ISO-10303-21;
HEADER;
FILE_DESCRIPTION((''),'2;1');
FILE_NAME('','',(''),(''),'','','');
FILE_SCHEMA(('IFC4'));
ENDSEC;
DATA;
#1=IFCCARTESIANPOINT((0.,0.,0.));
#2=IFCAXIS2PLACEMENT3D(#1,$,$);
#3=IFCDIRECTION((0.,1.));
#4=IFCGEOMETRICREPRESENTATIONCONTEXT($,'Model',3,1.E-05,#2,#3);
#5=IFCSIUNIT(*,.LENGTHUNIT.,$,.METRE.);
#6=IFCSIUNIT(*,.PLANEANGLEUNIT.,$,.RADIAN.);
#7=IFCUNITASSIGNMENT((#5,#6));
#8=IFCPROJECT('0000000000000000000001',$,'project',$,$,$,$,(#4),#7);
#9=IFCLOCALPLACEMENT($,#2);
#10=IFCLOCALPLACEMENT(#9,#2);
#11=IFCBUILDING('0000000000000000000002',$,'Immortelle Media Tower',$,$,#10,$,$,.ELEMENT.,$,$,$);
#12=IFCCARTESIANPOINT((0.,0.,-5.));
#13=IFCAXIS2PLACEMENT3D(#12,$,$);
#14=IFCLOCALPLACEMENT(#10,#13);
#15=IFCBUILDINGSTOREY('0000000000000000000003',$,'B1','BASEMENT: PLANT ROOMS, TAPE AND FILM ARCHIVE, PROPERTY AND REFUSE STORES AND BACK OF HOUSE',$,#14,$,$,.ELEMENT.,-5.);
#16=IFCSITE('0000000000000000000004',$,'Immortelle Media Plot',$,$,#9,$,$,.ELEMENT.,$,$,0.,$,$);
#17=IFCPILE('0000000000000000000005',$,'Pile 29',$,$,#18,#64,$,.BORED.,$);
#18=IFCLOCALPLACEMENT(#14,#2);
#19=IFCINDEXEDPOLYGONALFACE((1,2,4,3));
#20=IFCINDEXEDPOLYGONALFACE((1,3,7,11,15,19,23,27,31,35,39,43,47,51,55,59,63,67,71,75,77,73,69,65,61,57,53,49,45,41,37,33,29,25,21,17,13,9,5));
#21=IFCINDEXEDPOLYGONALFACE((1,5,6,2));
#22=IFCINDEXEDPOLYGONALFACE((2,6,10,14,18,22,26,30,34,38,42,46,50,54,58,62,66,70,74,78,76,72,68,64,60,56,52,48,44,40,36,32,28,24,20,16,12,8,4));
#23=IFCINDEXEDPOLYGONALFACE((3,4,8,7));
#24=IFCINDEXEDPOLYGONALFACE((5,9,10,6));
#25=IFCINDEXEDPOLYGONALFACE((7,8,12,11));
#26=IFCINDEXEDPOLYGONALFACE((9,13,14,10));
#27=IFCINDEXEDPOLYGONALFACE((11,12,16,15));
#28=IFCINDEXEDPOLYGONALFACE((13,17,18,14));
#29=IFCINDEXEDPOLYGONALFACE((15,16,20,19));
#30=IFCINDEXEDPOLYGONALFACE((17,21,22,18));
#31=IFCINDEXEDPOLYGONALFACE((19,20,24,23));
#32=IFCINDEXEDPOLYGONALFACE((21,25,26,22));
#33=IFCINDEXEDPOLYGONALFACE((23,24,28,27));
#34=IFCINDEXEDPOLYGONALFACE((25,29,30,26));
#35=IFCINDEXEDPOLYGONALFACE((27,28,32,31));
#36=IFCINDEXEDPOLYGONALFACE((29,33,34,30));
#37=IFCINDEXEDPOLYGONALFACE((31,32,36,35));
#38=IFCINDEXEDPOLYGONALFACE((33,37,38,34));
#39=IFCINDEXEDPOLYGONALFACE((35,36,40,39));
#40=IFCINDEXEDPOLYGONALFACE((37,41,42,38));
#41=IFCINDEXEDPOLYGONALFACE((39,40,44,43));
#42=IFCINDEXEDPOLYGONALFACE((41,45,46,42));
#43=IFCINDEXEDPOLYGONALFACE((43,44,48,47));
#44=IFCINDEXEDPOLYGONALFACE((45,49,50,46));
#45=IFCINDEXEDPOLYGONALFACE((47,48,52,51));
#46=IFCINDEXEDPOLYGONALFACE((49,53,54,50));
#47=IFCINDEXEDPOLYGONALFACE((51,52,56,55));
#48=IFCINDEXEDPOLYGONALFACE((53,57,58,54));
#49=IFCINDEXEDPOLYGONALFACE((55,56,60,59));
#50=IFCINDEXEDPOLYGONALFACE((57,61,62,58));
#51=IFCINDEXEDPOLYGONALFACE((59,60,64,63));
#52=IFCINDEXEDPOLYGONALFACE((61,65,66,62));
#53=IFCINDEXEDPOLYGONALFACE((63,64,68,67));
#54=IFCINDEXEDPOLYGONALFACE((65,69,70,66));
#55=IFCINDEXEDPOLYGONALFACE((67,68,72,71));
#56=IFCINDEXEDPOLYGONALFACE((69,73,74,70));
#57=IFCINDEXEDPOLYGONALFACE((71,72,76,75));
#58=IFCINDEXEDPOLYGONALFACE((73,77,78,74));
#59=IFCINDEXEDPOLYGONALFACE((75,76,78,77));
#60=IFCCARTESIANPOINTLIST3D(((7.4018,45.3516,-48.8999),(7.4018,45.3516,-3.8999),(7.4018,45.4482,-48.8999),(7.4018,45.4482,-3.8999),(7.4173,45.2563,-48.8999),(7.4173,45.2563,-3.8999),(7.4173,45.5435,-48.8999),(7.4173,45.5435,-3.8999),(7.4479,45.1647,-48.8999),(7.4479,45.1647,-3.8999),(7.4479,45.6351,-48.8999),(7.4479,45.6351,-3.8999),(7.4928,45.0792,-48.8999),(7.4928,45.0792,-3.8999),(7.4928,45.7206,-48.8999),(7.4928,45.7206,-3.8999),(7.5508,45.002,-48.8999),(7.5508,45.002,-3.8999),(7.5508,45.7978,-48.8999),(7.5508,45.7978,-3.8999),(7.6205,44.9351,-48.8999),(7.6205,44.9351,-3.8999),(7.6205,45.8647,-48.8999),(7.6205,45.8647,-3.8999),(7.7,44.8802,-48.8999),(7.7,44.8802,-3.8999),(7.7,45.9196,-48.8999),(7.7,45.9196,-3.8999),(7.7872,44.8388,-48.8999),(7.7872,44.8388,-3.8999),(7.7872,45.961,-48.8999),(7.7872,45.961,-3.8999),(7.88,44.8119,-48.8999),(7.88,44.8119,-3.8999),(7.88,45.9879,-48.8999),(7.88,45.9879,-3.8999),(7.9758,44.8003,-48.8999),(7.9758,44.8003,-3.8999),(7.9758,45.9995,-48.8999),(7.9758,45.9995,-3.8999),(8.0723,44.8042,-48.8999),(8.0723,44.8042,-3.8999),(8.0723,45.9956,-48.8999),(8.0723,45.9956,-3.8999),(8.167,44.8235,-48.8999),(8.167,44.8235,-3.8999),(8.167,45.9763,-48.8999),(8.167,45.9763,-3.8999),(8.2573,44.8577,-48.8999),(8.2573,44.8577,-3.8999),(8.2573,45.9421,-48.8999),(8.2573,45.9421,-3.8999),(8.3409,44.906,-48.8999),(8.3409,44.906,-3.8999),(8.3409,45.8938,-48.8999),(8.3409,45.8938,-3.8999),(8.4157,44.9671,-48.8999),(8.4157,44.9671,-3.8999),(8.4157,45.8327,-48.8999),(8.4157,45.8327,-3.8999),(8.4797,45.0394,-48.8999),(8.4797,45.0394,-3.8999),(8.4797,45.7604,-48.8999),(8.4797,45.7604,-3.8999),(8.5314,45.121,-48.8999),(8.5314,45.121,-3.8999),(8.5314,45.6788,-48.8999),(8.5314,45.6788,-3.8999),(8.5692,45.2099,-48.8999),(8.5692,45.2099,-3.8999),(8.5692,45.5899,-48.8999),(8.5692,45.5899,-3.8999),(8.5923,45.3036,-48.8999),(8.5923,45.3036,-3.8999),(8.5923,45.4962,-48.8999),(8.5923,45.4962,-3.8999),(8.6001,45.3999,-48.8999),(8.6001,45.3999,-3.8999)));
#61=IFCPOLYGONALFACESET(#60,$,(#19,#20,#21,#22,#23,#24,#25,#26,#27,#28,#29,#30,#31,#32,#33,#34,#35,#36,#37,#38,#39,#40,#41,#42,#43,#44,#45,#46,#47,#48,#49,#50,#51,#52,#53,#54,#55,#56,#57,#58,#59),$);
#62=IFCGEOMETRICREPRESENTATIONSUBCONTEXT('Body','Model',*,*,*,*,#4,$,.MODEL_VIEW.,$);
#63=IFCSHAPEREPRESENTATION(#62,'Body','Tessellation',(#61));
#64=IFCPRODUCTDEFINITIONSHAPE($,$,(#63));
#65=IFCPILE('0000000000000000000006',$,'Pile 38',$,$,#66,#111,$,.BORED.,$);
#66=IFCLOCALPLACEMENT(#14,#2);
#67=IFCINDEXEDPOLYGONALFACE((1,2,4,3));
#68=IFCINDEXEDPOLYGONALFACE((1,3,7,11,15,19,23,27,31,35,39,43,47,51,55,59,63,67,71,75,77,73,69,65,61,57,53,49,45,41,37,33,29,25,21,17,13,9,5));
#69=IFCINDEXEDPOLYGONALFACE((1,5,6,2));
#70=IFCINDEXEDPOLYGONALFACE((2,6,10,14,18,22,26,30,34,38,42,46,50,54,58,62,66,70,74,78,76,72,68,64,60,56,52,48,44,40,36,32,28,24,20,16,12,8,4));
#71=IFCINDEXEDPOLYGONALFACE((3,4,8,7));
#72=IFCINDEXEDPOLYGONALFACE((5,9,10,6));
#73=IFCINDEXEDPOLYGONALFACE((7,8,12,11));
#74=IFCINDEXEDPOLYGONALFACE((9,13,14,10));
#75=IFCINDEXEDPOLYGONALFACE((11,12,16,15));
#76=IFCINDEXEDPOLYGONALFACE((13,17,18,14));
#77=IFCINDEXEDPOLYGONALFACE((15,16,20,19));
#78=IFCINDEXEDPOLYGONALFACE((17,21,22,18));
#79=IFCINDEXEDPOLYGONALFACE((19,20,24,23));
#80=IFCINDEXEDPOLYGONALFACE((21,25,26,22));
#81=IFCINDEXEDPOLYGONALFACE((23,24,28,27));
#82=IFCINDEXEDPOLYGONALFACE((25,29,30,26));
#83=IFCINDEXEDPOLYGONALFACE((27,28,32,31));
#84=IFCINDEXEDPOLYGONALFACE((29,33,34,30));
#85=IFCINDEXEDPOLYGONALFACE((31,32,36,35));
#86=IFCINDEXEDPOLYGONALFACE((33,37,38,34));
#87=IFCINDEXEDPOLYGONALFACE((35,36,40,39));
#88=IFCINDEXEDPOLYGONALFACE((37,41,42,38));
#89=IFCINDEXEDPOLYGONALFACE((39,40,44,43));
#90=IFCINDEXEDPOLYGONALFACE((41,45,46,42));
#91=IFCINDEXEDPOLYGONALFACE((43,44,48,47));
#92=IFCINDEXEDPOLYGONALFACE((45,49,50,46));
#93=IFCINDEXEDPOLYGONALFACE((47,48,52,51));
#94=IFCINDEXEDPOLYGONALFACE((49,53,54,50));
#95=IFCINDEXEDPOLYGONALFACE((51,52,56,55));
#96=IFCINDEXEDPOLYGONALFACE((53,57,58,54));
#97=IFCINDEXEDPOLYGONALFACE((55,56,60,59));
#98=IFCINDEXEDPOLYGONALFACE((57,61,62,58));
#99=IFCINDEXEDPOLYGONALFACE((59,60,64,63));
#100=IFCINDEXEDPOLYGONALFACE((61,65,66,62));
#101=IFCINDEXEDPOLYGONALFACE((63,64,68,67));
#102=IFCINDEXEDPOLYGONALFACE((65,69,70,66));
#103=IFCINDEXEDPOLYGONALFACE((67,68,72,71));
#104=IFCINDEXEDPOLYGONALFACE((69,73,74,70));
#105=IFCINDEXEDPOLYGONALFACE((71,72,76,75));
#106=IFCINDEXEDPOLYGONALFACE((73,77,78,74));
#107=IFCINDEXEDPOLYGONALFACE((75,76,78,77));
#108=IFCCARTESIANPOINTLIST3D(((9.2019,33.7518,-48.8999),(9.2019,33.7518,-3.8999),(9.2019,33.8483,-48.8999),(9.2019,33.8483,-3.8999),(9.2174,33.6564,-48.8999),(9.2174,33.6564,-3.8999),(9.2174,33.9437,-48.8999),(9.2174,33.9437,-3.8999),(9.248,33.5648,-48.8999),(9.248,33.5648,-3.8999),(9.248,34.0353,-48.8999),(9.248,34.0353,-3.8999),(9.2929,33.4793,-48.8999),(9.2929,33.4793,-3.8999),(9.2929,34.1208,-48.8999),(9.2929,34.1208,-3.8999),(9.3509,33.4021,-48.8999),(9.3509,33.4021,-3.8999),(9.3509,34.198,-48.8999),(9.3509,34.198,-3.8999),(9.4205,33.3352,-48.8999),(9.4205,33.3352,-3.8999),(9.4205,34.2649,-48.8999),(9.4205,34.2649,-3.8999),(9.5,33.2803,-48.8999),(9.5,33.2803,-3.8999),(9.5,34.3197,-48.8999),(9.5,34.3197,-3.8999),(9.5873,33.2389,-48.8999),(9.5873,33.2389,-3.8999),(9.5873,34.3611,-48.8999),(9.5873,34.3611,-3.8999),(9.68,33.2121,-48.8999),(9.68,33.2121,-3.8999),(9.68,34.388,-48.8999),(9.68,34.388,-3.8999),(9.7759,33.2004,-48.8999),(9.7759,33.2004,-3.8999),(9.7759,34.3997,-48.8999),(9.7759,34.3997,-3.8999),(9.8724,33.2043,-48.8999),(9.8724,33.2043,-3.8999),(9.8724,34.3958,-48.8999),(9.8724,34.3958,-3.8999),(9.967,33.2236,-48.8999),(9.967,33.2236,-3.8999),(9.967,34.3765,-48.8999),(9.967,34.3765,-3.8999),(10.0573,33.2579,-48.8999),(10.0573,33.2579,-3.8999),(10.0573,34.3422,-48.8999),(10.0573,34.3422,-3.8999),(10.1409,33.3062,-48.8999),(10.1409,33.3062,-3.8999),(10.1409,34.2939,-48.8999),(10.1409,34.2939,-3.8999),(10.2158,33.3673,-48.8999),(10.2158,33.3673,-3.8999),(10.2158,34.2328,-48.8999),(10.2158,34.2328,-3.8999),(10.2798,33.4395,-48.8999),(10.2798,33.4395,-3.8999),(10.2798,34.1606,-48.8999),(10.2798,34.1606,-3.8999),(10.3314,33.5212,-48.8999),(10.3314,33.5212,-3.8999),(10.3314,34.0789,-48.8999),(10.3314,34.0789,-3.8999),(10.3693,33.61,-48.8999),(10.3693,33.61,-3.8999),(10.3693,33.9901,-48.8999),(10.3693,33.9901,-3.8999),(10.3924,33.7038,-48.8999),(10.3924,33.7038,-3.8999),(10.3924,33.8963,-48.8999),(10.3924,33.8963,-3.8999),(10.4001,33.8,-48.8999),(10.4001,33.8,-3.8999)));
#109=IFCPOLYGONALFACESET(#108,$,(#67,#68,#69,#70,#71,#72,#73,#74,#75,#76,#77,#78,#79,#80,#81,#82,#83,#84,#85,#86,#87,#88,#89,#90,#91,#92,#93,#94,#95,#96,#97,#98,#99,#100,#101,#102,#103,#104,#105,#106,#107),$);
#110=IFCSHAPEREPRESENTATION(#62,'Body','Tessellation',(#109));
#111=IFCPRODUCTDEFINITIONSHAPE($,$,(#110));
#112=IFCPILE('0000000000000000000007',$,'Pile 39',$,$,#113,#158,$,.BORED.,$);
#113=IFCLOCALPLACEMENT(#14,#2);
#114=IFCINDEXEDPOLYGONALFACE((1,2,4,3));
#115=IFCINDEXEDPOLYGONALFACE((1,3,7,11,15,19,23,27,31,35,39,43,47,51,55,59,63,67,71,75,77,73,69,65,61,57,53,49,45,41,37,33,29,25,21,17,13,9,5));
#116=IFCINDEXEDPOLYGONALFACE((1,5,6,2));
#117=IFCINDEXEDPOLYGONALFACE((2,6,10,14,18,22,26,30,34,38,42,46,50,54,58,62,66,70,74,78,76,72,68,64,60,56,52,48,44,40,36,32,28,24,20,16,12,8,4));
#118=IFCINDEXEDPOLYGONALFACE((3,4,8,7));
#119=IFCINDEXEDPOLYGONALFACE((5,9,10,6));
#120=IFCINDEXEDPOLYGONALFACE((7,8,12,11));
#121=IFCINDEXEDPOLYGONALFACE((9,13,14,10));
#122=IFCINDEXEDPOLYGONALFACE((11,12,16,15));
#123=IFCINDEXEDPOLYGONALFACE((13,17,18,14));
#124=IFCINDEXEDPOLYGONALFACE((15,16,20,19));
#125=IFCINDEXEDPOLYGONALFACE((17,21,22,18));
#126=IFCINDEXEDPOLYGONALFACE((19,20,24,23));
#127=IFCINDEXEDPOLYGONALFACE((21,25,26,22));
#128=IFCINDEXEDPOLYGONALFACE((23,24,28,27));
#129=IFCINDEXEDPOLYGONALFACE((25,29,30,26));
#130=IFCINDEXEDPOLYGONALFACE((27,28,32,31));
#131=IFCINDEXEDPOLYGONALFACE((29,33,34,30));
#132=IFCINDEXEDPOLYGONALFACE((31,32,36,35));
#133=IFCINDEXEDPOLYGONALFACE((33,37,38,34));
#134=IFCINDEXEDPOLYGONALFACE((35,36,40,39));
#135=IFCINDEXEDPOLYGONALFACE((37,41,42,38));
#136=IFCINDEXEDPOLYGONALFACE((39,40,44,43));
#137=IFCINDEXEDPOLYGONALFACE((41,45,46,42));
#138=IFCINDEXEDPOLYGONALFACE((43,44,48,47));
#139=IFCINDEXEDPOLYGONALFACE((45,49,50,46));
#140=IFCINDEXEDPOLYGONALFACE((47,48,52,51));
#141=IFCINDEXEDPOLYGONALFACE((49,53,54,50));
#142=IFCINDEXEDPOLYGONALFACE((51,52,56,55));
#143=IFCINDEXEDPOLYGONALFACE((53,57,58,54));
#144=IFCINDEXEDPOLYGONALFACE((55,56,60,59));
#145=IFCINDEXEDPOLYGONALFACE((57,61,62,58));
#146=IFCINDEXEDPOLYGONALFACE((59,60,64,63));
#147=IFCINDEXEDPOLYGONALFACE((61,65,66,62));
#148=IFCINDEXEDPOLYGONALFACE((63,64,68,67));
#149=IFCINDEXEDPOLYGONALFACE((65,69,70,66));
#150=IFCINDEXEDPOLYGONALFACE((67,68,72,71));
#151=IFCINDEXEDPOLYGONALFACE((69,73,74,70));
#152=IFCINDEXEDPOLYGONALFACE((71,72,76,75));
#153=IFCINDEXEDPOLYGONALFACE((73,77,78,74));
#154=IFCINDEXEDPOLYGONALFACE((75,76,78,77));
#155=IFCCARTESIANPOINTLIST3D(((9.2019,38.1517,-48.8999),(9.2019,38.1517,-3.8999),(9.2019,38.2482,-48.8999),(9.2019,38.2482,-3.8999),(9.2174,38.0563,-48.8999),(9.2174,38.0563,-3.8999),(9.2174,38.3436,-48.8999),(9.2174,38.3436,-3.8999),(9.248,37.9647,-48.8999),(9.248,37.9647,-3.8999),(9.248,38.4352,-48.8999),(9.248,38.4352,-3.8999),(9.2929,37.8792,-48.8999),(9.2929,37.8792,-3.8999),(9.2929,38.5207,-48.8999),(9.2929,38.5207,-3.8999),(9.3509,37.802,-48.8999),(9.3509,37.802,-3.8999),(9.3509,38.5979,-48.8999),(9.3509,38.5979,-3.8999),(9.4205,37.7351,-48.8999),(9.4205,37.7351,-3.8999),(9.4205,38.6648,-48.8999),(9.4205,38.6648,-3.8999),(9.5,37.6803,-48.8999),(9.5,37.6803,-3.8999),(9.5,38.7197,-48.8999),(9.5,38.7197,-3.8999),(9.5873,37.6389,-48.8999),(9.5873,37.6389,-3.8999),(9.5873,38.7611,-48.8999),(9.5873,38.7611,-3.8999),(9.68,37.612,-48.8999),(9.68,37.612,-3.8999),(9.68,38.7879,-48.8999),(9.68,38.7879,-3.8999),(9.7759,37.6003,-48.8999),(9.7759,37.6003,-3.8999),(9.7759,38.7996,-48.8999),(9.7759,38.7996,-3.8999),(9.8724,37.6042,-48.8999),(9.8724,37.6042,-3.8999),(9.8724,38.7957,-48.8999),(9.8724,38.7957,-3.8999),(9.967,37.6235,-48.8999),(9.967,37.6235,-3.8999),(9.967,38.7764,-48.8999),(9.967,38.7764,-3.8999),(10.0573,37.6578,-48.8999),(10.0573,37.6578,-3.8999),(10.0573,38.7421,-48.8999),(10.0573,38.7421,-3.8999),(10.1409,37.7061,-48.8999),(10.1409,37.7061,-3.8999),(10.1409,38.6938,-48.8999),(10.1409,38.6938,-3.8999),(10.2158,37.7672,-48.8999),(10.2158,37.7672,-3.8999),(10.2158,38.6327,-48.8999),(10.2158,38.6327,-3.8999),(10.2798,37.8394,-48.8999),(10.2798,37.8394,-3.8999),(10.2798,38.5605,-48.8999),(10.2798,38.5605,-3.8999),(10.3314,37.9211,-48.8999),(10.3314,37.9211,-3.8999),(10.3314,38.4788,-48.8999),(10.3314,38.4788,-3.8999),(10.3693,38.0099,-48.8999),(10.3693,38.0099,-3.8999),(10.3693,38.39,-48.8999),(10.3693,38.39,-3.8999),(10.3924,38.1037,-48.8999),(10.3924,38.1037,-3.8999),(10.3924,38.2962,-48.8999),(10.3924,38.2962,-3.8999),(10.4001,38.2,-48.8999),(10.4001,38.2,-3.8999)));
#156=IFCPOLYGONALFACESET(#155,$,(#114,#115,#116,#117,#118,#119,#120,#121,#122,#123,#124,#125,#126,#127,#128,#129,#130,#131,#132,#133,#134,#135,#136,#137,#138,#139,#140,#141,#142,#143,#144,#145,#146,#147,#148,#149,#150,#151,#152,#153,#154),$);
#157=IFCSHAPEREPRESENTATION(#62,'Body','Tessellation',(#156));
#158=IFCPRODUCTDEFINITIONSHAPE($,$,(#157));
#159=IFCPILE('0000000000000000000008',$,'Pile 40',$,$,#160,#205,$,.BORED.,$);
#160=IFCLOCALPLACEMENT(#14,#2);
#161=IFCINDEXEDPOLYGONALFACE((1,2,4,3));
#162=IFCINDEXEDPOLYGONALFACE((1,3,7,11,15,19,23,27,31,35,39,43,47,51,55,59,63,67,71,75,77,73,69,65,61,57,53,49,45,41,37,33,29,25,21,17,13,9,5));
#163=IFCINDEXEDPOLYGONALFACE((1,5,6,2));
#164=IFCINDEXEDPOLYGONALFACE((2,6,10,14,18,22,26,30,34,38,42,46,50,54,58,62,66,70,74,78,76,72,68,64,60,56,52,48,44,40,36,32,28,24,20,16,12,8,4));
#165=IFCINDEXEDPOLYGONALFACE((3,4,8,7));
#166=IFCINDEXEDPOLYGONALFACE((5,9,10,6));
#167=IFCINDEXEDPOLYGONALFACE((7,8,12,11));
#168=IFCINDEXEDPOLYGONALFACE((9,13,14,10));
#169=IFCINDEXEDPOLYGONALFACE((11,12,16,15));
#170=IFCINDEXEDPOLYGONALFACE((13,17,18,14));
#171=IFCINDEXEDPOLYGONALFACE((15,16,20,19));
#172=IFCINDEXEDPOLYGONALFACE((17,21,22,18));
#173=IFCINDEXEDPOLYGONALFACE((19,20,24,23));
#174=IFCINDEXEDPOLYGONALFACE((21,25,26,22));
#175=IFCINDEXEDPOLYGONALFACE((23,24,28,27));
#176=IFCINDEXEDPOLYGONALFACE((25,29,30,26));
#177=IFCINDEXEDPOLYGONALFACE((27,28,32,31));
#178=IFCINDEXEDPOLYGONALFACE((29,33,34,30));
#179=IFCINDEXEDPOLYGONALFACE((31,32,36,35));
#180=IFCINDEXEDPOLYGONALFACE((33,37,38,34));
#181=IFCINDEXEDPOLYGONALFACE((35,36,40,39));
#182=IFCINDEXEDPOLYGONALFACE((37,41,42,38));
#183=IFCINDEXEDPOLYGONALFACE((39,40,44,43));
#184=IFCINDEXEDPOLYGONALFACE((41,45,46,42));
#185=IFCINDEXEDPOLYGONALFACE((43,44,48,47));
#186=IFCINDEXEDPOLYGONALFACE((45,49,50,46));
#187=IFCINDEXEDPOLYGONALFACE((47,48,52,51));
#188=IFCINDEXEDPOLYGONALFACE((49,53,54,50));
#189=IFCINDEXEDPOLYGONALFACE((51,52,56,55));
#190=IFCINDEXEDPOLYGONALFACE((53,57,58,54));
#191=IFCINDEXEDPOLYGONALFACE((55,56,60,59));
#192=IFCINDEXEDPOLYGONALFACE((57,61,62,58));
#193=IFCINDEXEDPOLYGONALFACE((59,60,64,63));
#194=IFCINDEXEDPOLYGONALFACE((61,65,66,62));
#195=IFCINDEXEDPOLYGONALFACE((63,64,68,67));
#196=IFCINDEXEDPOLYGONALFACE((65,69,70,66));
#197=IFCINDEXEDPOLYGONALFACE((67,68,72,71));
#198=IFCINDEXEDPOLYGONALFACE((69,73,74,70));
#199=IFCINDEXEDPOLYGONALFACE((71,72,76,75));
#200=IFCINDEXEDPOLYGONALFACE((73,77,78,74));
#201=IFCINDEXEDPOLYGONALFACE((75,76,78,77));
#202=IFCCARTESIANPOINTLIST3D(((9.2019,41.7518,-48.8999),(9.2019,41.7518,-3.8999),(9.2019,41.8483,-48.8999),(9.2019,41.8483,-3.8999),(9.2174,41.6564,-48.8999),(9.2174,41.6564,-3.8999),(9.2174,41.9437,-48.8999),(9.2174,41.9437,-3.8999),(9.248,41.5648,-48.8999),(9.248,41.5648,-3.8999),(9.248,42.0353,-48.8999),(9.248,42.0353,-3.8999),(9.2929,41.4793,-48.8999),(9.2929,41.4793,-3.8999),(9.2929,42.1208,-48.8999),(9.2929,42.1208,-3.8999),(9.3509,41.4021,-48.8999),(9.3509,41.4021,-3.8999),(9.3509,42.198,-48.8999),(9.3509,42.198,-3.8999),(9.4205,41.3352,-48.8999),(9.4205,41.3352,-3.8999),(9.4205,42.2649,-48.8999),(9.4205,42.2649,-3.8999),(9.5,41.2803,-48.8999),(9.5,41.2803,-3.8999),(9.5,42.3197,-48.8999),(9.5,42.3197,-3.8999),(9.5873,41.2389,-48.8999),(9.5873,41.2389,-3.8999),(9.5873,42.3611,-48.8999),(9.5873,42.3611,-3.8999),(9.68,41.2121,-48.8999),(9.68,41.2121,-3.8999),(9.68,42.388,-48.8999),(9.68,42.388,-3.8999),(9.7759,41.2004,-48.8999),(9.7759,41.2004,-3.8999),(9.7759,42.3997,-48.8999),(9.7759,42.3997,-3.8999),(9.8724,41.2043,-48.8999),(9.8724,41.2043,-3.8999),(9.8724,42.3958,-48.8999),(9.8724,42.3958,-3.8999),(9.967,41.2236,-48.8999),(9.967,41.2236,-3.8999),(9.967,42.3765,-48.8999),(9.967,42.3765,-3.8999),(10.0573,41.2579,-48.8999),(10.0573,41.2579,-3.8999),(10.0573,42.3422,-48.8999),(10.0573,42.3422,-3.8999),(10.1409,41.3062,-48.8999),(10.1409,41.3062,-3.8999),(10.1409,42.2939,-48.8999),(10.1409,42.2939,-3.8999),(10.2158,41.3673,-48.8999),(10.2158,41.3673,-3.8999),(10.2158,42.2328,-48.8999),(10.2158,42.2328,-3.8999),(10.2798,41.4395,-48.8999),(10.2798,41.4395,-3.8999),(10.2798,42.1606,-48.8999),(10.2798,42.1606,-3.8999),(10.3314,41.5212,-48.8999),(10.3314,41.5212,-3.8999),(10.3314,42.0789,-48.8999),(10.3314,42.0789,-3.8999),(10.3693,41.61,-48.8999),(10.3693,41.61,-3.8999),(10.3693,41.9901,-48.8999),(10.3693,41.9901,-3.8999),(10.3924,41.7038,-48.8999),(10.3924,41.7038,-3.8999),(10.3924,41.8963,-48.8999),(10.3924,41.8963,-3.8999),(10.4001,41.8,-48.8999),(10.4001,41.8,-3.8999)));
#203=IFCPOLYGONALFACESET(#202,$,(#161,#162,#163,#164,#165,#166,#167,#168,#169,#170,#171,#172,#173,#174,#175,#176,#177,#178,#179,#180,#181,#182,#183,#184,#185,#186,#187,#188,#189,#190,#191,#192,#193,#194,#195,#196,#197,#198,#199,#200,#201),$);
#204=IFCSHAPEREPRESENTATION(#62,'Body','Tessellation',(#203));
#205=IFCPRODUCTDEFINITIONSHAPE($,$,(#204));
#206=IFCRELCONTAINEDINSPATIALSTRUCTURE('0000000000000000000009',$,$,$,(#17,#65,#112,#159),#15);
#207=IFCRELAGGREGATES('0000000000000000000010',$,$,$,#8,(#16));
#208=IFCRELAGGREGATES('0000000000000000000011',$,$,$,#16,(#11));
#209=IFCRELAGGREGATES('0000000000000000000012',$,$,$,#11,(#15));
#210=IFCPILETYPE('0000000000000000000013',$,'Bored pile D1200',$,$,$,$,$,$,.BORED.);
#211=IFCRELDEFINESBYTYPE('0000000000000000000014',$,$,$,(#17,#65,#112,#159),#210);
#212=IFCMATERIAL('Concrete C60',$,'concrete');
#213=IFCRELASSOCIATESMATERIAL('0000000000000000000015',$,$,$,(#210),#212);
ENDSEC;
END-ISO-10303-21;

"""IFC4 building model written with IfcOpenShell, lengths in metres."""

from ifc_helpers import new_model, si_unit, direction, frame, origin, origin_2d, place, context, subcontext, project, spatial, circle, extrude, material, material_profile, profile_set, type_object, element, save


model = new_model("IFC4")

# Units and contexts
model_context = context("Model", 3, precision=1e-05, world=origin(), true_north=direction((0.0, 1.0)))
body_context = subcontext(model_context, "Body", "Model", "MODEL_VIEW")
ifc_project = project(units=[si_unit("LENGTHUNIT", "METRE"), si_unit("PLANEANGLEUNIT", "RADIAN")], contexts=[model_context])

# Site, building, storey
site_placement = place(None, origin())
site = spatial("IfcSite", under=ifc_project, at=site_placement, Name="Immortelle Media Plot", CompositionType="ELEMENT", RefElevation=0.0)
building_placement = place(site_placement, origin())
building = spatial("IfcBuilding", under=site, at=building_placement, Name="Immortelle Media Tower", CompositionType="ELEMENT")
storey_placement = place(building_placement, frame((0.0, 0.0, -5.0)))
storey = spatial("IfcBuildingStorey", under=building, at=storey_placement, Name="B1", Description="BASEMENT: PLANT ROOMS, TAPE AND FILM ARCHIVE, PROPERTY AND REFUSE STORES AND BACK OF HOUSE", CompositionType="ELEMENT", Elevation=-5.0)

# Piles
ifc_material_1 = material(Name="Concrete C60", Category="concrete")
ifc_material_profile_1 = material_profile(ifc_material_1, circle(Radius=0.6001, at=origin_2d()), Name="Bored pile D1200")
ifc_profile_set_1 = profile_set([ifc_material_profile_1], Name="Concrete C60")
pile_type = type_object("IfcPileType", Name="Bored pile D1200", PredefinedType="BORED", material=ifc_profile_set_1)
for number, where, z_axis, x_axis, name in (
    (1, (8.0, 45.3999, -3.8999), (0.0, 0.0, -1.0), (1.0, 0.0, 0.0), "Pile 29"),
    (2, (9.8, 33.8, -3.8999), (0.0, 0.0, -1.0), (1.0, 0.0, 0.0), "Pile 38"),
    (3, (9.8, 38.2, -3.8999), (0.0, 0.0, -1.0), (1.0, 0.0, 0.0), "Pile 39"),
    (4, (9.8, 41.8, -3.8999), (0.0, 0.0, -1.0), (1.0, 0.0, 0.0), "Pile 40"),
):
    element("IfcPile", number, at=place(storey_placement, frame(where, z_axis=z_axis, x_axis=x_axis)), inside=storey, type_object=pile_type, Name=name, PredefinedType="BORED", context=body_context, shape_type="SweptSolid", body=[
        extrude(circle(Radius=0.6001, at=origin_2d()), origin(), (0.0, 0.0, 1.0), 45.0),
    ])

save(model, "model.ifc")
